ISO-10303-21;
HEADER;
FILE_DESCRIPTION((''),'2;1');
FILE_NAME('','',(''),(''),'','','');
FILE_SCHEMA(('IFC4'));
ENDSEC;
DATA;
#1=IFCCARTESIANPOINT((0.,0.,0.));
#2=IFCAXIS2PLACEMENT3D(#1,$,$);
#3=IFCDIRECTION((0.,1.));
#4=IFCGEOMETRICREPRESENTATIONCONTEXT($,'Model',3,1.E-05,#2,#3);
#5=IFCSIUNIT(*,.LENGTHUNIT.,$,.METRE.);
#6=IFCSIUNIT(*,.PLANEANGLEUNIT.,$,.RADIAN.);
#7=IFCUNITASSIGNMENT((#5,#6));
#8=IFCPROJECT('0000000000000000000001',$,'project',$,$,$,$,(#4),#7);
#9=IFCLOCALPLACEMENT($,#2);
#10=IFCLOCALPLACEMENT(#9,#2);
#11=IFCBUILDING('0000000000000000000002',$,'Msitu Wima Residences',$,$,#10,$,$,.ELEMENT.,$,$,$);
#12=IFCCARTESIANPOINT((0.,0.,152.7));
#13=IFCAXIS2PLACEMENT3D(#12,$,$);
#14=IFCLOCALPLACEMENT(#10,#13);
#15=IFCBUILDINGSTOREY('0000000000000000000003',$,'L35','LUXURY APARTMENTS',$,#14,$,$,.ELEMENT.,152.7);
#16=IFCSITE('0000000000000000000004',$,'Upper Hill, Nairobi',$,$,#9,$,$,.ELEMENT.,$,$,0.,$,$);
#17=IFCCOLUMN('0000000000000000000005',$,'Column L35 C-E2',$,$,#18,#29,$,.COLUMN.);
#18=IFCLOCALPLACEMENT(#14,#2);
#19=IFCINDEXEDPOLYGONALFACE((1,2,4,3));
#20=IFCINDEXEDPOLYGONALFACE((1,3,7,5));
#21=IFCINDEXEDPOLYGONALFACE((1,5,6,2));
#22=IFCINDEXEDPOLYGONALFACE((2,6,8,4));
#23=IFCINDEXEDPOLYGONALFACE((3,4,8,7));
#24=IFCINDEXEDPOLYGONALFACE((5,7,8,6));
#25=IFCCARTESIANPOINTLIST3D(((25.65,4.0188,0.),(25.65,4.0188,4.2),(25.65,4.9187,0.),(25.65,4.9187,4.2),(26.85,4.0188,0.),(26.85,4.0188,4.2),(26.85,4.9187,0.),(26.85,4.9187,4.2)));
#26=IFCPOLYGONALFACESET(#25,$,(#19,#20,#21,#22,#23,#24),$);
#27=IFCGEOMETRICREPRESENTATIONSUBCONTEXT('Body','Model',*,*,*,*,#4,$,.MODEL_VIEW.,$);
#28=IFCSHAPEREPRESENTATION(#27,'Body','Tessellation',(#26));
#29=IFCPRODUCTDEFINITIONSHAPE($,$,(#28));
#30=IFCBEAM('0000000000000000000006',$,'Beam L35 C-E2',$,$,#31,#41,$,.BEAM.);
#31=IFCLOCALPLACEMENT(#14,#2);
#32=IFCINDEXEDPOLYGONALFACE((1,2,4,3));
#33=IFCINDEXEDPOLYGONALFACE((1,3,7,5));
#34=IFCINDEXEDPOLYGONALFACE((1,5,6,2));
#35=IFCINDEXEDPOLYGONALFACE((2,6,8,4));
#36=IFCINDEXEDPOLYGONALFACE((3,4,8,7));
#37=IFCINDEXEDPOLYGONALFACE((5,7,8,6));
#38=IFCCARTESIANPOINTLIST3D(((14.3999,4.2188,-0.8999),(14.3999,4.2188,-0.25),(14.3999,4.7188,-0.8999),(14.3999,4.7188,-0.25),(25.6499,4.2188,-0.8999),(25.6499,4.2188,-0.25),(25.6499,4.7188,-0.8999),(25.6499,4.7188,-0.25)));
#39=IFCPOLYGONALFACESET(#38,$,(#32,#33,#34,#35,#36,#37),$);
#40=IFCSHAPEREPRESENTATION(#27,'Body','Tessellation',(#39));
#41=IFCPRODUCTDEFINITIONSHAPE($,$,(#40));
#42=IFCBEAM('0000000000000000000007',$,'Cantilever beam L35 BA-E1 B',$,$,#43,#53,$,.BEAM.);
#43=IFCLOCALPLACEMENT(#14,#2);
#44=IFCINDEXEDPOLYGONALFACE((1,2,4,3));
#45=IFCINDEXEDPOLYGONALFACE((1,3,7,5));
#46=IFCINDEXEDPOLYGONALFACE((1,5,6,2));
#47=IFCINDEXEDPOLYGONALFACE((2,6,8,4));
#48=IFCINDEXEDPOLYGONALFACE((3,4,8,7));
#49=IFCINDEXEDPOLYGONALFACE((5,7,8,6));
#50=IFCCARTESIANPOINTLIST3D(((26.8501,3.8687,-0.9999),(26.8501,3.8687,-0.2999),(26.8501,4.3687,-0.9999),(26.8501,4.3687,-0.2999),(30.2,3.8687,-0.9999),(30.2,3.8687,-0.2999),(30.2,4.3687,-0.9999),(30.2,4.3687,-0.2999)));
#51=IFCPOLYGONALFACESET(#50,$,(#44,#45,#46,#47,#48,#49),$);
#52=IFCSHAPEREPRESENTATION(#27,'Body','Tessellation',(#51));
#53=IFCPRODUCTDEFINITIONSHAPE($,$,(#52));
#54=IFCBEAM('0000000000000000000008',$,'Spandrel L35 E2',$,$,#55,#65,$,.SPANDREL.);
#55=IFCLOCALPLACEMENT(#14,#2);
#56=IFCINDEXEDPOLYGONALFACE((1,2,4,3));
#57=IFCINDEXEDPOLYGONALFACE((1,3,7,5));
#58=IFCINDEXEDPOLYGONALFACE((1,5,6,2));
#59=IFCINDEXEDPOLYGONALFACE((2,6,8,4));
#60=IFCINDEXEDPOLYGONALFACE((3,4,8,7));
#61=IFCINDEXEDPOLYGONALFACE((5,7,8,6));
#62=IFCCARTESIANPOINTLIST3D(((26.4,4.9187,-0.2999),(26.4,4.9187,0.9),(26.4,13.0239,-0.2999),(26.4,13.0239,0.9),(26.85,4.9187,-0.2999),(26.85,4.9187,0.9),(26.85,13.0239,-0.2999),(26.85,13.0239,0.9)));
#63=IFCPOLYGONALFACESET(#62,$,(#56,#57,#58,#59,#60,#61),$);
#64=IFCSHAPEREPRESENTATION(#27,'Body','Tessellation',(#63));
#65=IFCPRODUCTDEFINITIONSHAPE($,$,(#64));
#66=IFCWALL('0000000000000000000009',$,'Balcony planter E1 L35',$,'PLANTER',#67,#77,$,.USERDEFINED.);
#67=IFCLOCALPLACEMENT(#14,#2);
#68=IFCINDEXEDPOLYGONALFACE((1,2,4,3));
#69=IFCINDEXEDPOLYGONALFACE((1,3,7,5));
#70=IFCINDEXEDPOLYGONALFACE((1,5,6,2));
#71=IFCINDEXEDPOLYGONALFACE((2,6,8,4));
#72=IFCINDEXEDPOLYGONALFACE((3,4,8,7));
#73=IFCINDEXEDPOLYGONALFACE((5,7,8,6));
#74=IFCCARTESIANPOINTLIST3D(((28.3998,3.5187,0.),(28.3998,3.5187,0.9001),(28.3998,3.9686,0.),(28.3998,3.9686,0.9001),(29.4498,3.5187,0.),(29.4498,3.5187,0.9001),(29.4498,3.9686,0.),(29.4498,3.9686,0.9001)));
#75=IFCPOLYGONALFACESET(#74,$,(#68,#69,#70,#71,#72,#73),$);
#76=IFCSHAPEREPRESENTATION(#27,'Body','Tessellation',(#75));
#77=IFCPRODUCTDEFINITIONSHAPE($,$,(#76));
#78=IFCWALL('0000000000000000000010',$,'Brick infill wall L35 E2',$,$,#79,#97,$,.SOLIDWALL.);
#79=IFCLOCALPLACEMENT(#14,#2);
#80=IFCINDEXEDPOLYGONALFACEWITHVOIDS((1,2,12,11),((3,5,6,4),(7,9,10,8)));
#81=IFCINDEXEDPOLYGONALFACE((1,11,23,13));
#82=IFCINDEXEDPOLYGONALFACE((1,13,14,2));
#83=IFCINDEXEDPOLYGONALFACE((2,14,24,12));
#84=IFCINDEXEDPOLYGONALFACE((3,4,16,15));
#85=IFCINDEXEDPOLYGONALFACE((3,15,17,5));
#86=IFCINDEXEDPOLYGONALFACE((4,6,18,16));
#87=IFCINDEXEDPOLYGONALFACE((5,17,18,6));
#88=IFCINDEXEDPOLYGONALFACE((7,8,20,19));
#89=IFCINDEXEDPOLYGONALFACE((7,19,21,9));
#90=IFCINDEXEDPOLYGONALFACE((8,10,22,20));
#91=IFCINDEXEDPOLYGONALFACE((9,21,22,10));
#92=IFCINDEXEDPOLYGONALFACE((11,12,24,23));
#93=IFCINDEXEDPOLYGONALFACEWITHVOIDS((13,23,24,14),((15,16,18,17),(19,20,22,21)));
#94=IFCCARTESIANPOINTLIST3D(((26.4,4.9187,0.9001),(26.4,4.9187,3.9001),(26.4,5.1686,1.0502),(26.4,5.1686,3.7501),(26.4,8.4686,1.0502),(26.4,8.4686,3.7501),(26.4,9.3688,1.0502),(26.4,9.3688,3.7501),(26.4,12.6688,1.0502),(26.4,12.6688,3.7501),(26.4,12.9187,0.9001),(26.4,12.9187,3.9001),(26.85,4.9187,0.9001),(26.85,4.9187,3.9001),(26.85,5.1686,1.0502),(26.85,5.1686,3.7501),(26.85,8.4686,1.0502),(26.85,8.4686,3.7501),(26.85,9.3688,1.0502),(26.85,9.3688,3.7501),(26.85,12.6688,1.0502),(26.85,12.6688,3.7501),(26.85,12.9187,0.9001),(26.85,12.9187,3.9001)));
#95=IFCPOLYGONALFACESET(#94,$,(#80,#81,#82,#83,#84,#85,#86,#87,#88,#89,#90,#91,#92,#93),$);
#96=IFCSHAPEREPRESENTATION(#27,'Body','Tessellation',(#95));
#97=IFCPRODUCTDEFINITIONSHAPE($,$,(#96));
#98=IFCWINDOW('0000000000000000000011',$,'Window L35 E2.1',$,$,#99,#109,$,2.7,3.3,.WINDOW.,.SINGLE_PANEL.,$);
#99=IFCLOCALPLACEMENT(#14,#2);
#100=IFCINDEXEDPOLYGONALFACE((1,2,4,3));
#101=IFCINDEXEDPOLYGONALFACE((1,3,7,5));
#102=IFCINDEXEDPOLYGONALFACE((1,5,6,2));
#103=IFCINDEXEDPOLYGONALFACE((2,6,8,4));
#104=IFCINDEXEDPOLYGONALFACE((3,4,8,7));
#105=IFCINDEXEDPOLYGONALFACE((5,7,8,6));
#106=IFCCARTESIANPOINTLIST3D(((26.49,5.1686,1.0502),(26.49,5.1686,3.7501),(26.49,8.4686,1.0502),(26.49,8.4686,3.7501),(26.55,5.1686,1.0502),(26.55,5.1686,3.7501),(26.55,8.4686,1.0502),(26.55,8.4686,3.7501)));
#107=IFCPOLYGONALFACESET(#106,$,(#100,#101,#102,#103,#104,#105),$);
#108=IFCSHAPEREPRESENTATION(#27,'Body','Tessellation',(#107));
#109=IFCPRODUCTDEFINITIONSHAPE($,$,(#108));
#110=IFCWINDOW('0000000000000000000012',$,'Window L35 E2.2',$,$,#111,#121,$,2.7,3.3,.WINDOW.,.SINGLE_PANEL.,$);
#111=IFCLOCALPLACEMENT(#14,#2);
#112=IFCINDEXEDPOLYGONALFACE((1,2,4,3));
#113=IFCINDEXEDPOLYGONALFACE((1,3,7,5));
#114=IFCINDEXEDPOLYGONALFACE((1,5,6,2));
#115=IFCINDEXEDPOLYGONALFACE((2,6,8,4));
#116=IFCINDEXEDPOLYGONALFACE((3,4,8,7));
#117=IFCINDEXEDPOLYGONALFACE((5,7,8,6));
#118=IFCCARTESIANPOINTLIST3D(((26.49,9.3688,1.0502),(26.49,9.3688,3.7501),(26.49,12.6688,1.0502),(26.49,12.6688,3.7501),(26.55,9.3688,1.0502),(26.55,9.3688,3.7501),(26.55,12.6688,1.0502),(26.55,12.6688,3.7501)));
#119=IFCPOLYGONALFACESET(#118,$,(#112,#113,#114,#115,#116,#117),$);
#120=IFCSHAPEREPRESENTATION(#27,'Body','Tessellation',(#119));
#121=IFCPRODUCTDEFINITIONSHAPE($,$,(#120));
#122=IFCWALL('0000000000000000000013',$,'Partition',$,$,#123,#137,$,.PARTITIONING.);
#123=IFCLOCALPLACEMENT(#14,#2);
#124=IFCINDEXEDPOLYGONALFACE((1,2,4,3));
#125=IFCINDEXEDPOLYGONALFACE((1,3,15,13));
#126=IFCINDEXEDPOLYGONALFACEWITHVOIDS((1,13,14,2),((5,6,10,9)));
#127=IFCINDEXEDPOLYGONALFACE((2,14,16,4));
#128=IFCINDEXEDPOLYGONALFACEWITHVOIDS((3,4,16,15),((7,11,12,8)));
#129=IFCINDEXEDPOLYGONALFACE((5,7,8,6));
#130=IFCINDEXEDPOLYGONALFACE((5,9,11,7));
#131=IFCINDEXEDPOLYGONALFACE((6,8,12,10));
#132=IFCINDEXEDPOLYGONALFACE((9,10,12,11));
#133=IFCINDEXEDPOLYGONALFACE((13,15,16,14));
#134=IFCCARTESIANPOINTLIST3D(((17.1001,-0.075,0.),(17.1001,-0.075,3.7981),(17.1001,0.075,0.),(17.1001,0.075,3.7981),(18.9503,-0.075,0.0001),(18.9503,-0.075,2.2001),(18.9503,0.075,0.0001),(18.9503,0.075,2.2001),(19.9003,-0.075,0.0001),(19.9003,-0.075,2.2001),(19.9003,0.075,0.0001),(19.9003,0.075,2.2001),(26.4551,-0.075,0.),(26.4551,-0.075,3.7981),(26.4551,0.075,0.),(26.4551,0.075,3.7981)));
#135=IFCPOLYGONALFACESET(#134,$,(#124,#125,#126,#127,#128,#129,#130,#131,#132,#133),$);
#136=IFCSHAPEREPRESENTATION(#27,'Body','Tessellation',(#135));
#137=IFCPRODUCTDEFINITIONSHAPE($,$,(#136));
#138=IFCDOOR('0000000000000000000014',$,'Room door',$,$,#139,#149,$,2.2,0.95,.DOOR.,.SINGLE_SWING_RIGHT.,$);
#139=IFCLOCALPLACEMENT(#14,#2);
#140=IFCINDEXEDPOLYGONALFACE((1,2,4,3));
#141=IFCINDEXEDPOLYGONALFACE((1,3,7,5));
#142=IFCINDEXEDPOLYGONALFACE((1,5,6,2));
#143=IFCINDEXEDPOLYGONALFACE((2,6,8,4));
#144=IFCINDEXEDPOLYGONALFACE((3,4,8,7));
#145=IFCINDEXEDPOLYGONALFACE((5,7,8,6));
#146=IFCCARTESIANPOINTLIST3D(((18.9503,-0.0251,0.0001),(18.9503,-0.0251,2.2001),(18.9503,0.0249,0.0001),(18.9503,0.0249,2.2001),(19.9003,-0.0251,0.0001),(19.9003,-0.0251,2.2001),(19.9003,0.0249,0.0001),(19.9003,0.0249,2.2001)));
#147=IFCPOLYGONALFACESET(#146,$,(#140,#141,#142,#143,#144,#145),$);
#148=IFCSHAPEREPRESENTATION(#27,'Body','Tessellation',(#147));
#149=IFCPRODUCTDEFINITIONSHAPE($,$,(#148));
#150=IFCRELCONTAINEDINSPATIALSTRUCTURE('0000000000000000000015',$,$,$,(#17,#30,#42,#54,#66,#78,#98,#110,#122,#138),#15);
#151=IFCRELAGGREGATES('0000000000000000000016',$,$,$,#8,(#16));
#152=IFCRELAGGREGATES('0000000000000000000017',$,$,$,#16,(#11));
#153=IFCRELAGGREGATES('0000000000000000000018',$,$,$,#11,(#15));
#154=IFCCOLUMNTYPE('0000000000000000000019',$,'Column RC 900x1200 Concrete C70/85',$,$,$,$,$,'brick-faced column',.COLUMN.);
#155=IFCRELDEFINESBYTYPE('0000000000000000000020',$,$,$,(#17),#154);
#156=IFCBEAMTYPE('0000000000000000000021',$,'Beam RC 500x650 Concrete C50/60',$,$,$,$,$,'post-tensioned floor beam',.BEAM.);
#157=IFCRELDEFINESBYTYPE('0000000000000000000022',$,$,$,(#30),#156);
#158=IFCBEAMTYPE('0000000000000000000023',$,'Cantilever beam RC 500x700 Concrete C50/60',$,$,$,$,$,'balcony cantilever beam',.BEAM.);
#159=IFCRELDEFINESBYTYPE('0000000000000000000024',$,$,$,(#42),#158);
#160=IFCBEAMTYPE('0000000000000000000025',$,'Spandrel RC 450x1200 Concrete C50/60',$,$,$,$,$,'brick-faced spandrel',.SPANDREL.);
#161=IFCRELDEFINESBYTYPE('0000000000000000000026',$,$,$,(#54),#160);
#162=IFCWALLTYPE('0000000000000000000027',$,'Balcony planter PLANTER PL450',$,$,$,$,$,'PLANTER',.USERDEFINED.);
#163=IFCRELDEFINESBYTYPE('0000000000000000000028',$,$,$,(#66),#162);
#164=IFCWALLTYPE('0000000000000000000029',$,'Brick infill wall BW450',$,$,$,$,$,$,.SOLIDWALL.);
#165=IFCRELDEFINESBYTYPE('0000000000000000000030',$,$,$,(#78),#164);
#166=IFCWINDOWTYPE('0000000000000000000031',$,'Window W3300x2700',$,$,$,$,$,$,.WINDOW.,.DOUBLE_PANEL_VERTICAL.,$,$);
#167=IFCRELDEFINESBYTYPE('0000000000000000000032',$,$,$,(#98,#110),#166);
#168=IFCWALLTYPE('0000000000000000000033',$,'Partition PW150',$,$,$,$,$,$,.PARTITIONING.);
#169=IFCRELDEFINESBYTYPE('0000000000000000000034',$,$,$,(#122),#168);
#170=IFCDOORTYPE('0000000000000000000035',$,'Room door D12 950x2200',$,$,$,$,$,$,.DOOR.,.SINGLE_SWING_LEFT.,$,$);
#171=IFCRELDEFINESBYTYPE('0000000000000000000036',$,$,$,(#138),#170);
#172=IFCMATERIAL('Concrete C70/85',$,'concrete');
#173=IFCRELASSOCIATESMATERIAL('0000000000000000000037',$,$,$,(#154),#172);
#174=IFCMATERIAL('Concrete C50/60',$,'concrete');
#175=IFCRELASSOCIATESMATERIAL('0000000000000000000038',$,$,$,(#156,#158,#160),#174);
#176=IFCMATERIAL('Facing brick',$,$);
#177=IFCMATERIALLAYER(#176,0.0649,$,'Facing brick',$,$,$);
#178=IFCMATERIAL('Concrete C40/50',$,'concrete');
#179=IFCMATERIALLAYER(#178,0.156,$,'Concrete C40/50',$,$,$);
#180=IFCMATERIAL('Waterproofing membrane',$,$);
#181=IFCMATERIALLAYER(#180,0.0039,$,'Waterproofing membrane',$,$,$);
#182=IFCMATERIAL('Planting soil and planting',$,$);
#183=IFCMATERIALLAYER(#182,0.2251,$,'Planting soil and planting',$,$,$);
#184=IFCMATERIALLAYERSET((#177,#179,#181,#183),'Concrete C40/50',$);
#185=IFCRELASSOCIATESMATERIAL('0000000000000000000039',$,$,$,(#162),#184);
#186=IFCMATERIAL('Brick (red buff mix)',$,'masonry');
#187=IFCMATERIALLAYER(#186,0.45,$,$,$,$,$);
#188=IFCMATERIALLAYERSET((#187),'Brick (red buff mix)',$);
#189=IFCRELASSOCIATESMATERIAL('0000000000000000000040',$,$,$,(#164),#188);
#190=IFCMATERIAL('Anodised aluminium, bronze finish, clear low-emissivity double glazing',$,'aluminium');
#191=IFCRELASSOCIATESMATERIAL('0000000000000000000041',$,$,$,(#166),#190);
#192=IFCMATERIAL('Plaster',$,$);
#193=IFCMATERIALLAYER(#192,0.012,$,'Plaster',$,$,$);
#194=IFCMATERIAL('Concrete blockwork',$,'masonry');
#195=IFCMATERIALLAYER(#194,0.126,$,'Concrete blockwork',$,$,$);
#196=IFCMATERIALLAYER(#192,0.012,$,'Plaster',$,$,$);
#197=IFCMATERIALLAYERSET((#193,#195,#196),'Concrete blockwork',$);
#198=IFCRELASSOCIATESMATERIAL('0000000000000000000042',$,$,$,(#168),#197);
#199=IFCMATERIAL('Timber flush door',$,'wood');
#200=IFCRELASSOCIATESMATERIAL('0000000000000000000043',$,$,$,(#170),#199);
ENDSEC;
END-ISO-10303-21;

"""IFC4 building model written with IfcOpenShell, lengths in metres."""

from ifc_helpers import new_model, si_unit, direction, frame, frame_2d, origin, origin_2d, place, context, subcontext, project, spatial, rectangle, extrude, material, layer, layer_set, material_profile, profile_set, type_object, element, fill, save


model = new_model("IFC4")

# Units and contexts
model_context = context("Model", 3, precision=1e-05, world=origin(), true_north=direction((0.0, 1.0)))
body_context = subcontext(model_context, "Body", "Model", "MODEL_VIEW")
ifc_project = project(units=[si_unit("LENGTHUNIT", "METRE"), si_unit("PLANEANGLEUNIT", "RADIAN")], contexts=[model_context])

# Site, building, storey
site_placement = place(None, origin())
site = spatial("IfcSite", under=ifc_project, at=site_placement, Name="Upper Hill, Nairobi", CompositionType="ELEMENT", RefElevation=0.0)
building_placement = place(site_placement, origin())
building = spatial("IfcBuilding", under=site, at=building_placement, Name="Msitu Wima Residences", CompositionType="ELEMENT")
storey_placement = place(building_placement, frame((0.0, 0.0, 152.7)))
storey = spatial("IfcBuildingStorey", under=building, at=storey_placement, Name="L35", Description="LUXURY APARTMENTS", CompositionType="ELEMENT", Elevation=152.7)

# Column
ifc_material_1 = material(Name="Concrete C70/85", Category="concrete")
ifc_material_profile_1 = material_profile(ifc_material_1, rectangle(XDim=0.8999, YDim=1.2, at=origin_2d()), Name="RC 900x1200")
ifc_profile_set_1 = profile_set([ifc_material_profile_1], Name="Concrete C70/85")
column_type = type_object("IfcColumnType", Name="Column RC 900x1200 Concrete C70/85", ElementType="brick-faced column", PredefinedType="COLUMN", material=ifc_profile_set_1)
column_placement = place(storey_placement, frame((26.25, 4.4688, 0.0), z_axis=(0.0, 0.0, 1.0), x_axis=(0.0, 1.0, 0.0)))
element("IfcColumn", 1, at=column_placement, inside=storey, type_object=column_type, Name="Column L35 C-E2", PredefinedType="COLUMN", context=body_context, shape_type="SweptSolid", body=[
    extrude(rectangle(XDim=0.8999, YDim=1.2, at=origin_2d()), origin(), (0.0, 0.0, 1.0), 4.2),
])

# Beams
ifc_material_2 = material(Name="Concrete C50/60", Category="concrete")
ifc_material_profile_2 = material_profile(ifc_material_2, rectangle(XDim=0.5, YDim=0.6499, at=origin_2d()), Name="RC 500x650")
ifc_profile_set_2 = profile_set([ifc_material_profile_2], Name="Concrete C50/60")
beam_type_1 = type_object("IfcBeamType", Name="Beam RC 500x650 Concrete C50/60", ElementType="post-tensioned floor beam", PredefinedType="BEAM", material=ifc_profile_set_2)
beam_1_placement = place(storey_placement, frame((25.6499, 4.4688, -0.575), z_axis=(-1.0, 0.0, 0.0), x_axis=(0.0, -1.0, 0.0)))
element("IfcBeam", 2, at=beam_1_placement, inside=storey, type_object=beam_type_1, Name="Beam L35 C-E2", PredefinedType="BEAM", context=body_context, shape_type="SweptSolid", body=[
    extrude(rectangle(XDim=0.5, YDim=0.6499, at=origin_2d()), origin(), (0.0, 0.0, 1.0), 11.25),
])
ifc_material_profile_3 = material_profile(ifc_material_2, rectangle(XDim=0.5, YDim=0.7, at=origin_2d()), Name="RC 500x700")
ifc_profile_set_3 = profile_set([ifc_material_profile_3], Name="Concrete C50/60")
beam_type_2 = type_object("IfcBeamType", Name="Cantilever beam RC 500x700 Concrete C50/60", ElementType="balcony cantilever beam", PredefinedType="BEAM", material=ifc_profile_set_3)
beam_2_placement = place(storey_placement, frame((26.8501, 4.1187, -0.6499), z_axis=(1.0, 0.0, 0.0), x_axis=(0.0, 1.0, 0.0)))
element("IfcBeam", 3, at=beam_2_placement, inside=storey, type_object=beam_type_2, Name="Cantilever beam L35 BA-E1 B", PredefinedType="BEAM", context=body_context, shape_type="SweptSolid", body=[
    extrude(rectangle(XDim=0.5, YDim=0.7, at=origin_2d()), origin(), (0.0, 0.0, 1.0), 3.3499),
])
ifc_material_profile_4 = material_profile(ifc_material_2, rectangle(XDim=0.45, YDim=1.2, at=origin_2d()), Name="RC 450x1200")
ifc_profile_set_4 = profile_set([ifc_material_profile_4], Name="Concrete C50/60")
beam_type_3 = type_object("IfcBeamType", Name="Spandrel RC 450x1200 Concrete C50/60", ElementType="brick-faced spandrel", PredefinedType="SPANDREL", material=ifc_profile_set_4)
beam_3_placement = place(storey_placement, frame((26.625, 4.9187, 0.3), z_axis=(0.0, 1.0, 0.0), x_axis=(-1.0, 0.0, 0.0)))
element("IfcBeam", 4, at=beam_3_placement, inside=storey, type_object=beam_type_3, Name="Spandrel L35 E2", PredefinedType="SPANDREL", context=body_context, shape_type="SweptSolid", body=[
    extrude(rectangle(XDim=0.45, YDim=1.2, at=origin_2d()), origin(), (0.0, 0.0, 1.0), 8.1052),
])

# Wall
ifc_material_3 = material(Name="Facing brick")
ifc_layer_1 = layer(ifc_material_3, 0.0649, Name="Facing brick")
ifc_material_4 = material(Name="Concrete C40/50", Category="concrete")
ifc_layer_2 = layer(ifc_material_4, 0.156, Name="Concrete C40/50")
ifc_material_5 = material(Name="Waterproofing membrane")
ifc_layer_3 = layer(ifc_material_5, 0.0039, Name="Waterproofing membrane")
ifc_material_6 = material(Name="Planting soil and planting")
ifc_layer_4 = layer(ifc_material_6, 0.2251, Name="Planting soil and planting")
ifc_layer_set_1 = layer_set([ifc_layer_1, ifc_layer_2, ifc_layer_3, ifc_layer_4], Name="Concrete C40/50")
wall_type_1 = type_object("IfcWallType", Name="Balcony planter PLANTER PL450", ElementType="PLANTER", PredefinedType="USERDEFINED", material=ifc_layer_set_1)
wall_1_placement = place(storey_placement, frame((28.3999, 3.7437, 0.0), z_axis=(0.0, 0.0, 1.0), x_axis=(1.0, 0.0, 0.0)))
element("IfcWall", 5, at=wall_1_placement, inside=storey, type_object=wall_type_1, Name="Balcony planter E1 L35", ObjectType="PLANTER", PredefinedType="USERDEFINED", context=body_context, shape_type="SweptSolid", body=[
    extrude(rectangle(XDim=1.05, YDim=0.45, at=frame_2d((0.5249, 0.0))), origin(), (0.0, 0.0, 1.0), 0.9001),
])

# Wall, openings, windows
ifc_material_7 = material(Name="Brick (red buff mix)", Category="masonry")
ifc_layer_5 = layer(ifc_material_7, 0.45)
ifc_layer_set_2 = layer_set([ifc_layer_5], Name="Brick (red buff mix)")
wall_type_2 = type_object("IfcWallType", Name="Brick infill wall BW450", PredefinedType="SOLIDWALL", material=ifc_layer_set_2)
wall_2_placement = place(storey_placement, frame((26.625, 4.9187, 0.9001), z_axis=(0.0, 0.0, 1.0), x_axis=(0.0, 1.0, 0.0)))
wall_2 = element("IfcWall", 6, at=wall_2_placement, inside=storey, type_object=wall_type_2, Name="Brick infill wall L35 E2", PredefinedType="SOLIDWALL", context=body_context, shape_type="SweptSolid", body=[
    extrude(rectangle(XDim=8.0, YDim=0.45, at=frame_2d((4.0, 0.0))), origin(), (0.0, 0.0, 1.0), 3.0),
])
opening_1_placement = place(wall_2_placement, frame((0.25, 0.0, 0.1499)))
opening_1 = element("IfcOpeningElement", 7, at=opening_1_placement, cuts=wall_2, PredefinedType="OPENING", context=body_context, shape_type="SweptSolid", body=[
    extrude(rectangle(XDim=3.3, YDim=2.7, at=frame_2d((1.6499, 1.3501))), frame((0.0, 0.2349, 0.0), z_axis=(0.0, -1.0, 0.0), x_axis=(1.0, 0.0, 0.0)), (0.0, 0.0, 1.0), 0.47),
])
opening_2_placement = place(wall_2_placement, frame((4.4502, 0.0, 0.1499)))
opening_2 = element("IfcOpeningElement", 8, at=opening_2_placement, cuts=wall_2, PredefinedType="OPENING", context=body_context, shape_type="SweptSolid", body=[
    extrude(rectangle(XDim=3.3, YDim=2.7, at=frame_2d((1.6499, 1.3501))), frame((0.0, 0.2349, 0.0), z_axis=(0.0, -1.0, 0.0), x_axis=(1.0, 0.0, 0.0)), (0.0, 0.0, 1.0), 0.47),
])
ifc_material_8 = material(Name="Anodised aluminium, bronze finish, clear low-emissivity double glazing", Category="aluminium")
window_type = type_object("IfcWindowType", Name="Window W3300x2700", PartitioningType="DOUBLE_PANEL_VERTICAL", PredefinedType="WINDOW", material=ifc_material_8)
window_1_placement = place(opening_1_placement, origin())
window_1 = element("IfcWindow", 9, at=window_1_placement, inside=storey, type_object=window_type, Name="Window L35 E2.1", OverallHeight=2.7, OverallWidth=3.3, PartitioningType="SINGLE_PANEL", PredefinedType="WINDOW", context=body_context, shape_type="SweptSolid", body=[
    extrude(rectangle(XDim=3.3, YDim=2.7, at=frame_2d((1.6499, 1.3501))), frame((0.0, 0.135, 0.0), z_axis=(0.0, -1.0, 0.0), x_axis=(1.0, 0.0, 0.0)), (0.0, 0.0, 1.0), 0.0601),
])
fill(opening_1, window_1)
window_2_placement = place(opening_2_placement, origin())
window_2 = element("IfcWindow", 10, at=window_2_placement, inside=storey, type_object=window_type, Name="Window L35 E2.2", OverallHeight=2.7, OverallWidth=3.3, PartitioningType="SINGLE_PANEL", PredefinedType="WINDOW", context=body_context, shape_type="SweptSolid", body=[
    extrude(rectangle(XDim=3.3, YDim=2.7, at=frame_2d((1.6499, 1.3501))), frame((0.0, 0.135, 0.0), z_axis=(0.0, -1.0, 0.0), x_axis=(1.0, 0.0, 0.0)), (0.0, 0.0, 1.0), 0.0601),
])
fill(opening_2, window_2)

# Wall, opening, door
ifc_material_9 = material(Name="Plaster")
ifc_layer_6 = layer(ifc_material_9, 0.012, Name="Plaster")
ifc_material_10 = material(Name="Concrete blockwork", Category="masonry")
ifc_layer_7 = layer(ifc_material_10, 0.126, Name="Concrete blockwork")
ifc_layer_8 = layer(ifc_material_9, 0.012, Name="Plaster")
ifc_layer_set_3 = layer_set([ifc_layer_6, ifc_layer_7, ifc_layer_8], Name="Concrete blockwork")
wall_type_3 = type_object("IfcWallType", Name="Partition PW150", PredefinedType="PARTITIONING", material=ifc_layer_set_3)
wall_3_placement = place(storey_placement, frame((17.1001, 0.0, 0.0), z_axis=(0.0, 0.0, 1.0), x_axis=(1.0, 0.0, 0.0)))
wall_3 = element("IfcWall", 11, at=wall_3_placement, inside=storey, type_object=wall_type_3, Name="Partition", PredefinedType="PARTITIONING", context=body_context, shape_type="SweptSolid", body=[
    extrude(rectangle(XDim=9.355, YDim=0.1499, at=frame_2d((4.6775, 0.0))), origin(), (0.0, 0.0, 1.0), 3.7981),
])
opening_3_placement = place(wall_3_placement, frame((1.8501, 0.0, 0.0)))
opening_3 = element("IfcOpeningElement", 12, at=opening_3_placement, cuts=wall_3, PredefinedType="OPENING", context=body_context, shape_type="SweptSolid", body=[
    extrude(rectangle(XDim=0.95, YDim=2.2, at=frame_2d((0.4751, 1.1001))), frame((0.0, 0.085, 0.0), z_axis=(0.0, -1.0, 0.0), x_axis=(1.0, 0.0, 0.0)), (0.0, 0.0, 1.0), 0.1699),
])
ifc_material_11 = material(Name="Timber flush door", Category="wood")
door_type_1 = type_object("IfcDoorType", Name="Room door D12 950x2200", OperationType="SINGLE_SWING_LEFT", PredefinedType="DOOR", material=ifc_material_11)
door_1_placement = place(opening_3_placement, origin())
door_1 = element("IfcDoor", 13, at=door_1_placement, inside=storey, type_object=door_type_1, Name="Room door", OperationType="SINGLE_SWING_RIGHT", OverallHeight=2.2, OverallWidth=0.95, PredefinedType="DOOR", context=body_context, shape_type="SweptSolid", body=[
    extrude(rectangle(XDim=0.95, YDim=2.2, at=frame_2d((0.4751, 1.1001))), frame((0.0, 0.0249, 0.0), z_axis=(0.0, -1.0, 0.0), x_axis=(1.0, 0.0, 0.0)), (0.0, 0.0, 1.0), 0.05),
])
fill(opening_3, door_1)

save(model, "model.ifc")
